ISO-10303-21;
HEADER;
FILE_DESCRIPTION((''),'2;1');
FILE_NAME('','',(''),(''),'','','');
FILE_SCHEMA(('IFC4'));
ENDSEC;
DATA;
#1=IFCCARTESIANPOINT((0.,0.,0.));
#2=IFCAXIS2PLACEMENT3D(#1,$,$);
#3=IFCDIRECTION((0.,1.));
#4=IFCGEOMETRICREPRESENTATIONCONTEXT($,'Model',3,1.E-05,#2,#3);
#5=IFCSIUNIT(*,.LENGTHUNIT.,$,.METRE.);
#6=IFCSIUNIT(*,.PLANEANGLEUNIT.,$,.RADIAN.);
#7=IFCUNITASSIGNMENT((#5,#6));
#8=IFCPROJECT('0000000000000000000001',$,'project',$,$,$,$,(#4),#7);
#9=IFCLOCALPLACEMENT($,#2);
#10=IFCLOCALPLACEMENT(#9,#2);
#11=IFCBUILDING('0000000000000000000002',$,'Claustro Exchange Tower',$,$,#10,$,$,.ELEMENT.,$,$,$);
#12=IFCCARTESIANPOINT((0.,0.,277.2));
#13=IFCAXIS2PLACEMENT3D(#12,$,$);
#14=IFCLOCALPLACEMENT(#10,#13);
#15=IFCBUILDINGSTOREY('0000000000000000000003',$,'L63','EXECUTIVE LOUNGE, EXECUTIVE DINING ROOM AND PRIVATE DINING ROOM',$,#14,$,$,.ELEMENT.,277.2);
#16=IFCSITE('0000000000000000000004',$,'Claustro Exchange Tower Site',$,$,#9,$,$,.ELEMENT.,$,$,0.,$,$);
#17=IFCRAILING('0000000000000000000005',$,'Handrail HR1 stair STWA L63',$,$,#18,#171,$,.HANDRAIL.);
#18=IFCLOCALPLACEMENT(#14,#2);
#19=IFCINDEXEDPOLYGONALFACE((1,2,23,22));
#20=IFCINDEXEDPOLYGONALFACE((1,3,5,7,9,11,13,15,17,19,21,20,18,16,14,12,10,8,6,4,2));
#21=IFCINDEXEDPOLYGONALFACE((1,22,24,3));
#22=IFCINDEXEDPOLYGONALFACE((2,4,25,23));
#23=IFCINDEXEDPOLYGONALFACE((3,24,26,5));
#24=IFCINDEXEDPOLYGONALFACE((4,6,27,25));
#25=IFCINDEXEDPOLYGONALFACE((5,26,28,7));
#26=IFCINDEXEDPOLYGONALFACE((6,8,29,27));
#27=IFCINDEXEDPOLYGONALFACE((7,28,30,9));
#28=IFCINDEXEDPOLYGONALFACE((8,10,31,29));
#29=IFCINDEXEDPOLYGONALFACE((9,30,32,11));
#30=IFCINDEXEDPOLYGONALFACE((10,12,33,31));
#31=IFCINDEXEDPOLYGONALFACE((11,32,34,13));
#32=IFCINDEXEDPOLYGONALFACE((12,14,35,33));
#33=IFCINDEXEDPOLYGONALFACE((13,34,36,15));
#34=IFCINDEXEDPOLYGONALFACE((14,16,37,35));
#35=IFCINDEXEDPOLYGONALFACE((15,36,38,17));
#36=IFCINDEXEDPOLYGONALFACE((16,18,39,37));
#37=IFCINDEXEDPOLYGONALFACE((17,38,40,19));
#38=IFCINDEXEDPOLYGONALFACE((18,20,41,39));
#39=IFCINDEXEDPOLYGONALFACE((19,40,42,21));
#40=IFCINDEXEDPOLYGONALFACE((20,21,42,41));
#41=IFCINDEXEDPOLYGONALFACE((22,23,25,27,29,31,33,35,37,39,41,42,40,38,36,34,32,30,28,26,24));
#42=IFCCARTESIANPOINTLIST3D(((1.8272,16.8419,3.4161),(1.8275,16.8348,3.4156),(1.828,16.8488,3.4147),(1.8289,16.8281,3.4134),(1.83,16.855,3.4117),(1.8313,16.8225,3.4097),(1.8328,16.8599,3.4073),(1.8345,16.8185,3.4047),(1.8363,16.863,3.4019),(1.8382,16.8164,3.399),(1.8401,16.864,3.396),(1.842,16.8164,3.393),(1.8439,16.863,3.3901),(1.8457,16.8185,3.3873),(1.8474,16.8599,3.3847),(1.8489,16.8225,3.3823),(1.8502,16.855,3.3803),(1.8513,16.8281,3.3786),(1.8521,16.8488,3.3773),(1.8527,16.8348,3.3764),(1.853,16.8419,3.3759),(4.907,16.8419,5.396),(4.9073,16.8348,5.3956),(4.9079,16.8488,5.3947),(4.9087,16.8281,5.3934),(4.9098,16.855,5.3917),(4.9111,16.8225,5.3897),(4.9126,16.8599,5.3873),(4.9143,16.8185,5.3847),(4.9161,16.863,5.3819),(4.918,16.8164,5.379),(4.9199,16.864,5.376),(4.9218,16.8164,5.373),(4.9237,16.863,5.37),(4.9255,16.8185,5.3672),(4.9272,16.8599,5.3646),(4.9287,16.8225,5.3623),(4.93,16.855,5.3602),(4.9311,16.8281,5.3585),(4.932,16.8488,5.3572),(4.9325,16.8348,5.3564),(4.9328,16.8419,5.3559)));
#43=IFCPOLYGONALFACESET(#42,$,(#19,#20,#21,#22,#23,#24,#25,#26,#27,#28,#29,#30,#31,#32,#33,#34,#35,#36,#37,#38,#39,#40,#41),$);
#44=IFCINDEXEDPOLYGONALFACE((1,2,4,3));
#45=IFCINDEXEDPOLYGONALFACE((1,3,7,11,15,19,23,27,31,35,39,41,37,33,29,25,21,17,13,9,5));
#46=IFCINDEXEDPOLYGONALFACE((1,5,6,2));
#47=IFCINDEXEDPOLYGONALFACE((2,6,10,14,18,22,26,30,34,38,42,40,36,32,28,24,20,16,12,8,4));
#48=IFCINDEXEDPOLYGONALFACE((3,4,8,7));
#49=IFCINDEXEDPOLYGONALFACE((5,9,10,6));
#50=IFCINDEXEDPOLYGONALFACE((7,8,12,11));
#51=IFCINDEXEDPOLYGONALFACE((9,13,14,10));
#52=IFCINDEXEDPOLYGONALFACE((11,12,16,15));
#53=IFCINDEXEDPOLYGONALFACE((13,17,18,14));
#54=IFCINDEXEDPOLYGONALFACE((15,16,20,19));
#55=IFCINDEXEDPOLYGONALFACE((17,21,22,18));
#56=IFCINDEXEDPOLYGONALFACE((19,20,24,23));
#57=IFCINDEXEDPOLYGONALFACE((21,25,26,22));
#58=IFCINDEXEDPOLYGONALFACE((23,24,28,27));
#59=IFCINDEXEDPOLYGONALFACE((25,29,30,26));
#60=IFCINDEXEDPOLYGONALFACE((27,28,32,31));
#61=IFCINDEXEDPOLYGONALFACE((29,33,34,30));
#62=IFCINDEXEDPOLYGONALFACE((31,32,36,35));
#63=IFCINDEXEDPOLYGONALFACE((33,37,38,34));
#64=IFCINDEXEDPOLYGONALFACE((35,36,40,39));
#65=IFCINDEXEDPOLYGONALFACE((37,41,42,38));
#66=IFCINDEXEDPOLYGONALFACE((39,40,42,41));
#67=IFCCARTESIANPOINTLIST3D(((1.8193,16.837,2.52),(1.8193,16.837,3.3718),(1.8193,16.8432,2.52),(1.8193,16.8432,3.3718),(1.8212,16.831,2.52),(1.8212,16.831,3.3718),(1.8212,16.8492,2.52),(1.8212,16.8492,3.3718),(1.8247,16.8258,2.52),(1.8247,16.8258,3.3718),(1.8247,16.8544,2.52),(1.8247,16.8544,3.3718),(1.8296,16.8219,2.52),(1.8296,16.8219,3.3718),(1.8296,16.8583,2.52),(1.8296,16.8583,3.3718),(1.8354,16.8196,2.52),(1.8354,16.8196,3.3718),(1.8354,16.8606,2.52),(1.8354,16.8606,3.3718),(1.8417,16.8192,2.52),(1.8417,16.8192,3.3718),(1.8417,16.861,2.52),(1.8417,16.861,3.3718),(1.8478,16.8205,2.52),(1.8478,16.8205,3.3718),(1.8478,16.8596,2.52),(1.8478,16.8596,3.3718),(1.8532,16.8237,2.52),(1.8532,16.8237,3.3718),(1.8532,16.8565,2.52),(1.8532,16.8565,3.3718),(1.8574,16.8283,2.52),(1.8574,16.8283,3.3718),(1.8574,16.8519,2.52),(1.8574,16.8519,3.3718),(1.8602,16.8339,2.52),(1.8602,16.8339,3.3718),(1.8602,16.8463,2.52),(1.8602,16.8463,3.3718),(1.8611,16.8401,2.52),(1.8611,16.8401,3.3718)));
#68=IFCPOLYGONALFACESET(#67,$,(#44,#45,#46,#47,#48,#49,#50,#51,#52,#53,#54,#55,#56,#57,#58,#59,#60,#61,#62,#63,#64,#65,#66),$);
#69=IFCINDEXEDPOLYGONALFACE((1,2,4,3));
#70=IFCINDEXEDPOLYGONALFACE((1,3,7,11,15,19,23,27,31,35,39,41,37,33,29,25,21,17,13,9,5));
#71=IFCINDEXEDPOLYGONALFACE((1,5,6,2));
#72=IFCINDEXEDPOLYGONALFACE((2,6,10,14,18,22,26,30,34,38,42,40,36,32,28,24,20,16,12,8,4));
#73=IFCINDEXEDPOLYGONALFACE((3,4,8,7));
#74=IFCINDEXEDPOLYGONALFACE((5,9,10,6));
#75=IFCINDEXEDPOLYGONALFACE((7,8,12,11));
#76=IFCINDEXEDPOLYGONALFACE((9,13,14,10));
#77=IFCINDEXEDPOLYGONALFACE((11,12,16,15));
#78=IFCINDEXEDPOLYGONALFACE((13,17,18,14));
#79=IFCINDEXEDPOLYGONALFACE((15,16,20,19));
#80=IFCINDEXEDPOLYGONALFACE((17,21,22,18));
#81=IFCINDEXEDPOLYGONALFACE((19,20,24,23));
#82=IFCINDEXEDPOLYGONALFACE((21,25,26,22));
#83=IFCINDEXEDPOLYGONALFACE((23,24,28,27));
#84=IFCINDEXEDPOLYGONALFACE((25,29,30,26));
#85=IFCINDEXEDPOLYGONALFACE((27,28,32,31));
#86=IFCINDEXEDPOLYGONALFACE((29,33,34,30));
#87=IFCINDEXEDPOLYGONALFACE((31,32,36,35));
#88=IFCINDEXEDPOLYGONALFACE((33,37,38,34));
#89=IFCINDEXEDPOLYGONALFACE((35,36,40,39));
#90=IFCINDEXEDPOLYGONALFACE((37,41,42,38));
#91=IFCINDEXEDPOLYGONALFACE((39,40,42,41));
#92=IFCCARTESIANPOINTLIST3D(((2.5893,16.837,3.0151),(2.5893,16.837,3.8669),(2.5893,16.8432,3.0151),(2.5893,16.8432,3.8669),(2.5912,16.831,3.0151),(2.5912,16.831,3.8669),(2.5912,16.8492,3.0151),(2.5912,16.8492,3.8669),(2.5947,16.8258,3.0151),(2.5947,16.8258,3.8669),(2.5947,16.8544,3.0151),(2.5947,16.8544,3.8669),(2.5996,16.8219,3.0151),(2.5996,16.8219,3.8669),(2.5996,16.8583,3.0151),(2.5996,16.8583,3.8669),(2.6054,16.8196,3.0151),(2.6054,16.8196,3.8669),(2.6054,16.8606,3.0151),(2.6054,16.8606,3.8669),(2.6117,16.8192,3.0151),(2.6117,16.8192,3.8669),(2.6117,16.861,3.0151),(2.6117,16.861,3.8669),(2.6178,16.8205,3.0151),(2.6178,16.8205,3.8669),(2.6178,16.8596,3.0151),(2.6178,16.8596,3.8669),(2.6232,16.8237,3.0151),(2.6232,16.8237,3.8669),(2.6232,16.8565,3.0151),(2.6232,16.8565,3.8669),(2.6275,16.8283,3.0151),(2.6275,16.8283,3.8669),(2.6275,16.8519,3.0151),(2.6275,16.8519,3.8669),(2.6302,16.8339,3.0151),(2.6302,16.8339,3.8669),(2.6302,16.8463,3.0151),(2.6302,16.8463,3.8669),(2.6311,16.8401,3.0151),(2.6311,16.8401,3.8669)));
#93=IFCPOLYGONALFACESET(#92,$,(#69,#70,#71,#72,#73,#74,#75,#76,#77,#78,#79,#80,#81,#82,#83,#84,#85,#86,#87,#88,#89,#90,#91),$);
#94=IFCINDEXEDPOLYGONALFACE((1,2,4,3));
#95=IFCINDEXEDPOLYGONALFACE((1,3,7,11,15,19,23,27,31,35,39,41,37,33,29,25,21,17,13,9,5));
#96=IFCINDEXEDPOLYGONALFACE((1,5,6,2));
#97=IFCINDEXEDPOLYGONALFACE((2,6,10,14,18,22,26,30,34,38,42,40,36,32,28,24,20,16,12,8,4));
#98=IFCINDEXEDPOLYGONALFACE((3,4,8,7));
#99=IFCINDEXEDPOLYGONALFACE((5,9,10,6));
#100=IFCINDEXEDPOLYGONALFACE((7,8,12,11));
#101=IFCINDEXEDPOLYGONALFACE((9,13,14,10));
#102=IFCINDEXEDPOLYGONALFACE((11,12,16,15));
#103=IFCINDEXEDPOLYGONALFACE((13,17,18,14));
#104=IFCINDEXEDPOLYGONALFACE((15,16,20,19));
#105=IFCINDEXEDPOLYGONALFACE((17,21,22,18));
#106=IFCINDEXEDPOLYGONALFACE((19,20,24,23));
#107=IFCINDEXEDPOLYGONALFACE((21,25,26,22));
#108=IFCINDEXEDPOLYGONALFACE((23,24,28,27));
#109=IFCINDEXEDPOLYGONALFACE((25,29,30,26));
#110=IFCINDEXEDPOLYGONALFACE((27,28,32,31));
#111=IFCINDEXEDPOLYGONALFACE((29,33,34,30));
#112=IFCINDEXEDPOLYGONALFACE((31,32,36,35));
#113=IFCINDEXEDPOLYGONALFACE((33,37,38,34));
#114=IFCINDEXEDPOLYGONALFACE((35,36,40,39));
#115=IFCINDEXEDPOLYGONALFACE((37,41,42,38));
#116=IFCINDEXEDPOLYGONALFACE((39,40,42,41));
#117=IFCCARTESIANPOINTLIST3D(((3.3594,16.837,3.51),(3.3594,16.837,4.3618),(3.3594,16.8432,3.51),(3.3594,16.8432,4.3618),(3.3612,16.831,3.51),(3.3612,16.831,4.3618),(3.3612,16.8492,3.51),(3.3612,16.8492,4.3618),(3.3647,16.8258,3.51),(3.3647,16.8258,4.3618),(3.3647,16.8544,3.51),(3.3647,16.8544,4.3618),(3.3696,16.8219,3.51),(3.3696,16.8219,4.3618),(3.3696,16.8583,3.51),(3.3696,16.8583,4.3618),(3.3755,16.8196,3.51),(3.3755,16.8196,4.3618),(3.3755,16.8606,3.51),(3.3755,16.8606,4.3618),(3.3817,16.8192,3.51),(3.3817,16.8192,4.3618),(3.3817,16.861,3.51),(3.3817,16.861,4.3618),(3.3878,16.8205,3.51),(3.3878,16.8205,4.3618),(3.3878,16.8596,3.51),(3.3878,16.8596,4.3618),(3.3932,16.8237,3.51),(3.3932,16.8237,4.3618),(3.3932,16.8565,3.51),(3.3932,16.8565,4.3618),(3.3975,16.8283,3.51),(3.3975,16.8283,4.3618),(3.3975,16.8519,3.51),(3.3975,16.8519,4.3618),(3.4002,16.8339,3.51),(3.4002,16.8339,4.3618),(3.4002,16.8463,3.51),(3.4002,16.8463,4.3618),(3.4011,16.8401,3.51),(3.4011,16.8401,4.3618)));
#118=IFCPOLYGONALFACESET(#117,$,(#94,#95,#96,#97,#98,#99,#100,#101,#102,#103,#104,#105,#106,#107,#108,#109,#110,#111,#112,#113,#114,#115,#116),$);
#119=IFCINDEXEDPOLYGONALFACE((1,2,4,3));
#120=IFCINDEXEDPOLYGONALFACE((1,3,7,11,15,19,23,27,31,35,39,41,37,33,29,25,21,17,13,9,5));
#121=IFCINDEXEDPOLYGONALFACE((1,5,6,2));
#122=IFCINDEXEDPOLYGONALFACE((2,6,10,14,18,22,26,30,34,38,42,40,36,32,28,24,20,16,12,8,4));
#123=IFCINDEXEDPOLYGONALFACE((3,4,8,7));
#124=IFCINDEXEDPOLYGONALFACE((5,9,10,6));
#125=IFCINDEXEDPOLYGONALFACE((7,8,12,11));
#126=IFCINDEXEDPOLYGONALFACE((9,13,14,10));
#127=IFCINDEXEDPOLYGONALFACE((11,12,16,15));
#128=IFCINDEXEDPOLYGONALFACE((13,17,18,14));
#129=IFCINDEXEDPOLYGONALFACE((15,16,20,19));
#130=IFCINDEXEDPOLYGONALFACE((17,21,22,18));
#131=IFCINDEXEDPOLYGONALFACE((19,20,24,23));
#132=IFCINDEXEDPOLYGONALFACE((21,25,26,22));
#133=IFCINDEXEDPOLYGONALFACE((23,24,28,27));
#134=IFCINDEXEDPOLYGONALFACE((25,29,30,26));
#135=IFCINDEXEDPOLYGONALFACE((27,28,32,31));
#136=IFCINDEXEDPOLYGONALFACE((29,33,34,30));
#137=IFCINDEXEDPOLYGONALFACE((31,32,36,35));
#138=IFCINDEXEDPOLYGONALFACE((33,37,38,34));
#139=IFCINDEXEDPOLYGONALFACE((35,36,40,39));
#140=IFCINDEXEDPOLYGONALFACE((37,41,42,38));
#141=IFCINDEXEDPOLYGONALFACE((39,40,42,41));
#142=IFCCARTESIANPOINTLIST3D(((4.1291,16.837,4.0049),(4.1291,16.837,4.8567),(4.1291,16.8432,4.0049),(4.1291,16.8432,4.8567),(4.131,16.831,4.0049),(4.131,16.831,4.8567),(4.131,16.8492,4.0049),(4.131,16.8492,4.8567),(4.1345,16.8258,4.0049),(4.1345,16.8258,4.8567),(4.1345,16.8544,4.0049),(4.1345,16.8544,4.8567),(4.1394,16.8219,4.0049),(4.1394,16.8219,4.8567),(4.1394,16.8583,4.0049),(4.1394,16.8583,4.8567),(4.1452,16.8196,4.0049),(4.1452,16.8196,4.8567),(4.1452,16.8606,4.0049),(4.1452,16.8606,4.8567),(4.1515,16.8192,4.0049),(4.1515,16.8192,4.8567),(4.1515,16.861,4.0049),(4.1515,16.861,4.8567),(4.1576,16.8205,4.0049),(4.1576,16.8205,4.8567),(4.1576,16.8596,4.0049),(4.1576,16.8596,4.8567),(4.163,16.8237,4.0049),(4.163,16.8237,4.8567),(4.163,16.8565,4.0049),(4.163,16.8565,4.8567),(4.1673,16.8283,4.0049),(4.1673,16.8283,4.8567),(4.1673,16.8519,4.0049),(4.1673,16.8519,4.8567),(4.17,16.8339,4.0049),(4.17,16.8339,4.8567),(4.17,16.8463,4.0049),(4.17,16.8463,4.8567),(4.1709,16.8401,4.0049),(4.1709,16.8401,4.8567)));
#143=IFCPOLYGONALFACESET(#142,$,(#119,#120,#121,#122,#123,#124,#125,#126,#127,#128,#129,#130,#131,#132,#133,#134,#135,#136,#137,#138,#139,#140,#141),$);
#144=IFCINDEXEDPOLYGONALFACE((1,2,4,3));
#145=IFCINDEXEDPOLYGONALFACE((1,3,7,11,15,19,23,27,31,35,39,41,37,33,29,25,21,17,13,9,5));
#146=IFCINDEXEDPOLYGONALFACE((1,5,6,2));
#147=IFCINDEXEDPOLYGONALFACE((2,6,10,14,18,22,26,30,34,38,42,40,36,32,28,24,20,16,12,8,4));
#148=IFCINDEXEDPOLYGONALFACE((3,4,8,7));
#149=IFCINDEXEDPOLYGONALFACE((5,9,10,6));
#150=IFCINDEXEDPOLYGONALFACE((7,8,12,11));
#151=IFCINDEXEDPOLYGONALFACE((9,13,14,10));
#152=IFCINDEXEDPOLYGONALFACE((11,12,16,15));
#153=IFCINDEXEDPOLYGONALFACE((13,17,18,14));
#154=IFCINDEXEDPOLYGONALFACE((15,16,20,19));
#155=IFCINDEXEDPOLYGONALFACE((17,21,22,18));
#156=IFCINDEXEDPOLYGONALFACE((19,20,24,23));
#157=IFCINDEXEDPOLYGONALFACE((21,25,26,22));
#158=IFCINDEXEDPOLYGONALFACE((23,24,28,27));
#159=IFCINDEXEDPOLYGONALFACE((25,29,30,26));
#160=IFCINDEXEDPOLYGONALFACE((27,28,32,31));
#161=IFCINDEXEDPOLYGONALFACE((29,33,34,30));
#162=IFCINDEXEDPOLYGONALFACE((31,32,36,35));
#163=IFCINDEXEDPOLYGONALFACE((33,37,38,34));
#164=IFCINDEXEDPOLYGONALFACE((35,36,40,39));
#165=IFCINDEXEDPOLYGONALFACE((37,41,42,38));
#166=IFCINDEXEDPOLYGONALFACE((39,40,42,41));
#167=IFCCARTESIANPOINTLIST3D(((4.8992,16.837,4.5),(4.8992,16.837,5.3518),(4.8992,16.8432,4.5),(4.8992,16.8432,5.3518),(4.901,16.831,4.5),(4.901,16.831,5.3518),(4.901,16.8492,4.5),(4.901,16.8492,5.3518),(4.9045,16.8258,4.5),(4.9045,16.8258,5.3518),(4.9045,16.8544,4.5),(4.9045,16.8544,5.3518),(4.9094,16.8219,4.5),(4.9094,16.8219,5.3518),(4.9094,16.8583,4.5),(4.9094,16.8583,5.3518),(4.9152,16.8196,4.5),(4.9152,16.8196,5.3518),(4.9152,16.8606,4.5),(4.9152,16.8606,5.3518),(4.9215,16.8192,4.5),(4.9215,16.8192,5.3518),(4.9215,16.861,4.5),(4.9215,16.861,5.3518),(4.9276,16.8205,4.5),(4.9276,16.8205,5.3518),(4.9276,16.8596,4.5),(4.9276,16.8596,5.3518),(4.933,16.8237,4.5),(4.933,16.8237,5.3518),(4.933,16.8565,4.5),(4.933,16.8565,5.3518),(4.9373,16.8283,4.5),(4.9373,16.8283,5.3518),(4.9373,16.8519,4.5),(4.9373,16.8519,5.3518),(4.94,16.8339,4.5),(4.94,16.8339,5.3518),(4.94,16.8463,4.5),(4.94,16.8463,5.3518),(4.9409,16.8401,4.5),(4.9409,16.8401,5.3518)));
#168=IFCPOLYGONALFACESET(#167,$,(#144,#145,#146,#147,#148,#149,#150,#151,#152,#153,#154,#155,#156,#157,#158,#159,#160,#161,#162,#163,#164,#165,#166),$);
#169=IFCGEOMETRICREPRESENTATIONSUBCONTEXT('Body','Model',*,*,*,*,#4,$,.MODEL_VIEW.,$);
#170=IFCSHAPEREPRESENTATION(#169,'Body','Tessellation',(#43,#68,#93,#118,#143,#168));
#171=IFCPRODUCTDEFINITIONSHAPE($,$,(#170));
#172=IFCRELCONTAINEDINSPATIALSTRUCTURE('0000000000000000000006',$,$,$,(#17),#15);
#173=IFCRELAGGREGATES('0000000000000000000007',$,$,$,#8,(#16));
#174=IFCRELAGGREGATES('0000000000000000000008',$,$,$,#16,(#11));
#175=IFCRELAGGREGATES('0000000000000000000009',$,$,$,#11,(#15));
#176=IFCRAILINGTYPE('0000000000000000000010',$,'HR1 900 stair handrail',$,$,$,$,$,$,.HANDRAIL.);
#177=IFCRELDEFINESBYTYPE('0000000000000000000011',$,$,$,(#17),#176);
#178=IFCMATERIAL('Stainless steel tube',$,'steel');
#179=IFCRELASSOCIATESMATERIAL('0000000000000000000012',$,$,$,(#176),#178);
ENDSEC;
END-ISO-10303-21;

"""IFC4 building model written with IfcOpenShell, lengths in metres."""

from ifc_helpers import new_model, si_unit, direction, frame, origin, origin_2d, place, context, subcontext, project, spatial, circle, extrude, material, type_object, element, save


model = new_model("IFC4")

# Units and contexts
model_context = context("Model", 3, precision=1e-05, world=origin(), true_north=direction((0.0, 1.0)))
body_context = subcontext(model_context, "Body", "Model", "MODEL_VIEW")
ifc_project = project(units=[si_unit("LENGTHUNIT", "METRE"), si_unit("PLANEANGLEUNIT", "RADIAN")], contexts=[model_context])

# Site, building, storey
site_placement = place(None, origin())
site = spatial("IfcSite", under=ifc_project, at=site_placement, Name="Claustro Exchange Tower Site", CompositionType="ELEMENT", RefElevation=0.0)
building_placement = place(site_placement, origin())
building = spatial("IfcBuilding", under=site, at=building_placement, Name="Claustro Exchange Tower", CompositionType="ELEMENT")
storey_placement = place(building_placement, frame((0.0, 0.0, 277.2)))
storey = spatial("IfcBuildingStorey", under=building, at=storey_placement, Name="L63", Description="EXECUTIVE LOUNGE, EXECUTIVE DINING ROOM AND PRIVATE DINING ROOM", CompositionType="ELEMENT", Elevation=277.2)

# Railing
ifc_material_1 = material(Name="Stainless steel tube", Category="steel")
railing_type_1 = type_object("IfcRailingType", Name="HR1 900 stair handrail", PredefinedType="HANDRAIL", material=ifc_material_1)
railing_1_placement = place(storey_placement, frame((1.8401, 16.8401, 2.52)))
element("IfcRailing", 1, at=railing_1_placement, inside=storey, type_object=railing_type_1, Name="Handrail HR1 stair STWA L63", PredefinedType="HANDRAIL", context=body_context, shape_type="SweptSolid", body=[
    extrude(circle(Radius=0.0239, at=origin_2d()), frame((0.0, 0.0, 0.876), z_axis=(0.841168, 0.0, 0.540774), x_axis=(0.0, 1.0, 0.0)), (0.0, 0.0, 1.0), 3.6614),
    extrude(circle(Radius=0.021, at=origin_2d()), origin(), (0.0, 0.0, 1.0), 0.8518),
    extrude(circle(Radius=0.021, at=origin_2d()), frame((0.77, 0.0, 0.4951)), (0.0, 0.0, 1.0), 0.8518),
    extrude(circle(Radius=0.021, at=origin_2d()), frame((1.54, 0.0, 0.99)), (0.0, 0.0, 1.0), 0.8518),
    extrude(circle(Radius=0.021, at=origin_2d()), frame((2.3098, 0.0, 1.4849)), (0.0, 0.0, 1.0), 0.8518),
    extrude(circle(Radius=0.021, at=origin_2d()), frame((3.0798, 0.0, 1.98)), (0.0, 0.0, 1.0), 0.8518),
])

save(model, "model.ifc")
